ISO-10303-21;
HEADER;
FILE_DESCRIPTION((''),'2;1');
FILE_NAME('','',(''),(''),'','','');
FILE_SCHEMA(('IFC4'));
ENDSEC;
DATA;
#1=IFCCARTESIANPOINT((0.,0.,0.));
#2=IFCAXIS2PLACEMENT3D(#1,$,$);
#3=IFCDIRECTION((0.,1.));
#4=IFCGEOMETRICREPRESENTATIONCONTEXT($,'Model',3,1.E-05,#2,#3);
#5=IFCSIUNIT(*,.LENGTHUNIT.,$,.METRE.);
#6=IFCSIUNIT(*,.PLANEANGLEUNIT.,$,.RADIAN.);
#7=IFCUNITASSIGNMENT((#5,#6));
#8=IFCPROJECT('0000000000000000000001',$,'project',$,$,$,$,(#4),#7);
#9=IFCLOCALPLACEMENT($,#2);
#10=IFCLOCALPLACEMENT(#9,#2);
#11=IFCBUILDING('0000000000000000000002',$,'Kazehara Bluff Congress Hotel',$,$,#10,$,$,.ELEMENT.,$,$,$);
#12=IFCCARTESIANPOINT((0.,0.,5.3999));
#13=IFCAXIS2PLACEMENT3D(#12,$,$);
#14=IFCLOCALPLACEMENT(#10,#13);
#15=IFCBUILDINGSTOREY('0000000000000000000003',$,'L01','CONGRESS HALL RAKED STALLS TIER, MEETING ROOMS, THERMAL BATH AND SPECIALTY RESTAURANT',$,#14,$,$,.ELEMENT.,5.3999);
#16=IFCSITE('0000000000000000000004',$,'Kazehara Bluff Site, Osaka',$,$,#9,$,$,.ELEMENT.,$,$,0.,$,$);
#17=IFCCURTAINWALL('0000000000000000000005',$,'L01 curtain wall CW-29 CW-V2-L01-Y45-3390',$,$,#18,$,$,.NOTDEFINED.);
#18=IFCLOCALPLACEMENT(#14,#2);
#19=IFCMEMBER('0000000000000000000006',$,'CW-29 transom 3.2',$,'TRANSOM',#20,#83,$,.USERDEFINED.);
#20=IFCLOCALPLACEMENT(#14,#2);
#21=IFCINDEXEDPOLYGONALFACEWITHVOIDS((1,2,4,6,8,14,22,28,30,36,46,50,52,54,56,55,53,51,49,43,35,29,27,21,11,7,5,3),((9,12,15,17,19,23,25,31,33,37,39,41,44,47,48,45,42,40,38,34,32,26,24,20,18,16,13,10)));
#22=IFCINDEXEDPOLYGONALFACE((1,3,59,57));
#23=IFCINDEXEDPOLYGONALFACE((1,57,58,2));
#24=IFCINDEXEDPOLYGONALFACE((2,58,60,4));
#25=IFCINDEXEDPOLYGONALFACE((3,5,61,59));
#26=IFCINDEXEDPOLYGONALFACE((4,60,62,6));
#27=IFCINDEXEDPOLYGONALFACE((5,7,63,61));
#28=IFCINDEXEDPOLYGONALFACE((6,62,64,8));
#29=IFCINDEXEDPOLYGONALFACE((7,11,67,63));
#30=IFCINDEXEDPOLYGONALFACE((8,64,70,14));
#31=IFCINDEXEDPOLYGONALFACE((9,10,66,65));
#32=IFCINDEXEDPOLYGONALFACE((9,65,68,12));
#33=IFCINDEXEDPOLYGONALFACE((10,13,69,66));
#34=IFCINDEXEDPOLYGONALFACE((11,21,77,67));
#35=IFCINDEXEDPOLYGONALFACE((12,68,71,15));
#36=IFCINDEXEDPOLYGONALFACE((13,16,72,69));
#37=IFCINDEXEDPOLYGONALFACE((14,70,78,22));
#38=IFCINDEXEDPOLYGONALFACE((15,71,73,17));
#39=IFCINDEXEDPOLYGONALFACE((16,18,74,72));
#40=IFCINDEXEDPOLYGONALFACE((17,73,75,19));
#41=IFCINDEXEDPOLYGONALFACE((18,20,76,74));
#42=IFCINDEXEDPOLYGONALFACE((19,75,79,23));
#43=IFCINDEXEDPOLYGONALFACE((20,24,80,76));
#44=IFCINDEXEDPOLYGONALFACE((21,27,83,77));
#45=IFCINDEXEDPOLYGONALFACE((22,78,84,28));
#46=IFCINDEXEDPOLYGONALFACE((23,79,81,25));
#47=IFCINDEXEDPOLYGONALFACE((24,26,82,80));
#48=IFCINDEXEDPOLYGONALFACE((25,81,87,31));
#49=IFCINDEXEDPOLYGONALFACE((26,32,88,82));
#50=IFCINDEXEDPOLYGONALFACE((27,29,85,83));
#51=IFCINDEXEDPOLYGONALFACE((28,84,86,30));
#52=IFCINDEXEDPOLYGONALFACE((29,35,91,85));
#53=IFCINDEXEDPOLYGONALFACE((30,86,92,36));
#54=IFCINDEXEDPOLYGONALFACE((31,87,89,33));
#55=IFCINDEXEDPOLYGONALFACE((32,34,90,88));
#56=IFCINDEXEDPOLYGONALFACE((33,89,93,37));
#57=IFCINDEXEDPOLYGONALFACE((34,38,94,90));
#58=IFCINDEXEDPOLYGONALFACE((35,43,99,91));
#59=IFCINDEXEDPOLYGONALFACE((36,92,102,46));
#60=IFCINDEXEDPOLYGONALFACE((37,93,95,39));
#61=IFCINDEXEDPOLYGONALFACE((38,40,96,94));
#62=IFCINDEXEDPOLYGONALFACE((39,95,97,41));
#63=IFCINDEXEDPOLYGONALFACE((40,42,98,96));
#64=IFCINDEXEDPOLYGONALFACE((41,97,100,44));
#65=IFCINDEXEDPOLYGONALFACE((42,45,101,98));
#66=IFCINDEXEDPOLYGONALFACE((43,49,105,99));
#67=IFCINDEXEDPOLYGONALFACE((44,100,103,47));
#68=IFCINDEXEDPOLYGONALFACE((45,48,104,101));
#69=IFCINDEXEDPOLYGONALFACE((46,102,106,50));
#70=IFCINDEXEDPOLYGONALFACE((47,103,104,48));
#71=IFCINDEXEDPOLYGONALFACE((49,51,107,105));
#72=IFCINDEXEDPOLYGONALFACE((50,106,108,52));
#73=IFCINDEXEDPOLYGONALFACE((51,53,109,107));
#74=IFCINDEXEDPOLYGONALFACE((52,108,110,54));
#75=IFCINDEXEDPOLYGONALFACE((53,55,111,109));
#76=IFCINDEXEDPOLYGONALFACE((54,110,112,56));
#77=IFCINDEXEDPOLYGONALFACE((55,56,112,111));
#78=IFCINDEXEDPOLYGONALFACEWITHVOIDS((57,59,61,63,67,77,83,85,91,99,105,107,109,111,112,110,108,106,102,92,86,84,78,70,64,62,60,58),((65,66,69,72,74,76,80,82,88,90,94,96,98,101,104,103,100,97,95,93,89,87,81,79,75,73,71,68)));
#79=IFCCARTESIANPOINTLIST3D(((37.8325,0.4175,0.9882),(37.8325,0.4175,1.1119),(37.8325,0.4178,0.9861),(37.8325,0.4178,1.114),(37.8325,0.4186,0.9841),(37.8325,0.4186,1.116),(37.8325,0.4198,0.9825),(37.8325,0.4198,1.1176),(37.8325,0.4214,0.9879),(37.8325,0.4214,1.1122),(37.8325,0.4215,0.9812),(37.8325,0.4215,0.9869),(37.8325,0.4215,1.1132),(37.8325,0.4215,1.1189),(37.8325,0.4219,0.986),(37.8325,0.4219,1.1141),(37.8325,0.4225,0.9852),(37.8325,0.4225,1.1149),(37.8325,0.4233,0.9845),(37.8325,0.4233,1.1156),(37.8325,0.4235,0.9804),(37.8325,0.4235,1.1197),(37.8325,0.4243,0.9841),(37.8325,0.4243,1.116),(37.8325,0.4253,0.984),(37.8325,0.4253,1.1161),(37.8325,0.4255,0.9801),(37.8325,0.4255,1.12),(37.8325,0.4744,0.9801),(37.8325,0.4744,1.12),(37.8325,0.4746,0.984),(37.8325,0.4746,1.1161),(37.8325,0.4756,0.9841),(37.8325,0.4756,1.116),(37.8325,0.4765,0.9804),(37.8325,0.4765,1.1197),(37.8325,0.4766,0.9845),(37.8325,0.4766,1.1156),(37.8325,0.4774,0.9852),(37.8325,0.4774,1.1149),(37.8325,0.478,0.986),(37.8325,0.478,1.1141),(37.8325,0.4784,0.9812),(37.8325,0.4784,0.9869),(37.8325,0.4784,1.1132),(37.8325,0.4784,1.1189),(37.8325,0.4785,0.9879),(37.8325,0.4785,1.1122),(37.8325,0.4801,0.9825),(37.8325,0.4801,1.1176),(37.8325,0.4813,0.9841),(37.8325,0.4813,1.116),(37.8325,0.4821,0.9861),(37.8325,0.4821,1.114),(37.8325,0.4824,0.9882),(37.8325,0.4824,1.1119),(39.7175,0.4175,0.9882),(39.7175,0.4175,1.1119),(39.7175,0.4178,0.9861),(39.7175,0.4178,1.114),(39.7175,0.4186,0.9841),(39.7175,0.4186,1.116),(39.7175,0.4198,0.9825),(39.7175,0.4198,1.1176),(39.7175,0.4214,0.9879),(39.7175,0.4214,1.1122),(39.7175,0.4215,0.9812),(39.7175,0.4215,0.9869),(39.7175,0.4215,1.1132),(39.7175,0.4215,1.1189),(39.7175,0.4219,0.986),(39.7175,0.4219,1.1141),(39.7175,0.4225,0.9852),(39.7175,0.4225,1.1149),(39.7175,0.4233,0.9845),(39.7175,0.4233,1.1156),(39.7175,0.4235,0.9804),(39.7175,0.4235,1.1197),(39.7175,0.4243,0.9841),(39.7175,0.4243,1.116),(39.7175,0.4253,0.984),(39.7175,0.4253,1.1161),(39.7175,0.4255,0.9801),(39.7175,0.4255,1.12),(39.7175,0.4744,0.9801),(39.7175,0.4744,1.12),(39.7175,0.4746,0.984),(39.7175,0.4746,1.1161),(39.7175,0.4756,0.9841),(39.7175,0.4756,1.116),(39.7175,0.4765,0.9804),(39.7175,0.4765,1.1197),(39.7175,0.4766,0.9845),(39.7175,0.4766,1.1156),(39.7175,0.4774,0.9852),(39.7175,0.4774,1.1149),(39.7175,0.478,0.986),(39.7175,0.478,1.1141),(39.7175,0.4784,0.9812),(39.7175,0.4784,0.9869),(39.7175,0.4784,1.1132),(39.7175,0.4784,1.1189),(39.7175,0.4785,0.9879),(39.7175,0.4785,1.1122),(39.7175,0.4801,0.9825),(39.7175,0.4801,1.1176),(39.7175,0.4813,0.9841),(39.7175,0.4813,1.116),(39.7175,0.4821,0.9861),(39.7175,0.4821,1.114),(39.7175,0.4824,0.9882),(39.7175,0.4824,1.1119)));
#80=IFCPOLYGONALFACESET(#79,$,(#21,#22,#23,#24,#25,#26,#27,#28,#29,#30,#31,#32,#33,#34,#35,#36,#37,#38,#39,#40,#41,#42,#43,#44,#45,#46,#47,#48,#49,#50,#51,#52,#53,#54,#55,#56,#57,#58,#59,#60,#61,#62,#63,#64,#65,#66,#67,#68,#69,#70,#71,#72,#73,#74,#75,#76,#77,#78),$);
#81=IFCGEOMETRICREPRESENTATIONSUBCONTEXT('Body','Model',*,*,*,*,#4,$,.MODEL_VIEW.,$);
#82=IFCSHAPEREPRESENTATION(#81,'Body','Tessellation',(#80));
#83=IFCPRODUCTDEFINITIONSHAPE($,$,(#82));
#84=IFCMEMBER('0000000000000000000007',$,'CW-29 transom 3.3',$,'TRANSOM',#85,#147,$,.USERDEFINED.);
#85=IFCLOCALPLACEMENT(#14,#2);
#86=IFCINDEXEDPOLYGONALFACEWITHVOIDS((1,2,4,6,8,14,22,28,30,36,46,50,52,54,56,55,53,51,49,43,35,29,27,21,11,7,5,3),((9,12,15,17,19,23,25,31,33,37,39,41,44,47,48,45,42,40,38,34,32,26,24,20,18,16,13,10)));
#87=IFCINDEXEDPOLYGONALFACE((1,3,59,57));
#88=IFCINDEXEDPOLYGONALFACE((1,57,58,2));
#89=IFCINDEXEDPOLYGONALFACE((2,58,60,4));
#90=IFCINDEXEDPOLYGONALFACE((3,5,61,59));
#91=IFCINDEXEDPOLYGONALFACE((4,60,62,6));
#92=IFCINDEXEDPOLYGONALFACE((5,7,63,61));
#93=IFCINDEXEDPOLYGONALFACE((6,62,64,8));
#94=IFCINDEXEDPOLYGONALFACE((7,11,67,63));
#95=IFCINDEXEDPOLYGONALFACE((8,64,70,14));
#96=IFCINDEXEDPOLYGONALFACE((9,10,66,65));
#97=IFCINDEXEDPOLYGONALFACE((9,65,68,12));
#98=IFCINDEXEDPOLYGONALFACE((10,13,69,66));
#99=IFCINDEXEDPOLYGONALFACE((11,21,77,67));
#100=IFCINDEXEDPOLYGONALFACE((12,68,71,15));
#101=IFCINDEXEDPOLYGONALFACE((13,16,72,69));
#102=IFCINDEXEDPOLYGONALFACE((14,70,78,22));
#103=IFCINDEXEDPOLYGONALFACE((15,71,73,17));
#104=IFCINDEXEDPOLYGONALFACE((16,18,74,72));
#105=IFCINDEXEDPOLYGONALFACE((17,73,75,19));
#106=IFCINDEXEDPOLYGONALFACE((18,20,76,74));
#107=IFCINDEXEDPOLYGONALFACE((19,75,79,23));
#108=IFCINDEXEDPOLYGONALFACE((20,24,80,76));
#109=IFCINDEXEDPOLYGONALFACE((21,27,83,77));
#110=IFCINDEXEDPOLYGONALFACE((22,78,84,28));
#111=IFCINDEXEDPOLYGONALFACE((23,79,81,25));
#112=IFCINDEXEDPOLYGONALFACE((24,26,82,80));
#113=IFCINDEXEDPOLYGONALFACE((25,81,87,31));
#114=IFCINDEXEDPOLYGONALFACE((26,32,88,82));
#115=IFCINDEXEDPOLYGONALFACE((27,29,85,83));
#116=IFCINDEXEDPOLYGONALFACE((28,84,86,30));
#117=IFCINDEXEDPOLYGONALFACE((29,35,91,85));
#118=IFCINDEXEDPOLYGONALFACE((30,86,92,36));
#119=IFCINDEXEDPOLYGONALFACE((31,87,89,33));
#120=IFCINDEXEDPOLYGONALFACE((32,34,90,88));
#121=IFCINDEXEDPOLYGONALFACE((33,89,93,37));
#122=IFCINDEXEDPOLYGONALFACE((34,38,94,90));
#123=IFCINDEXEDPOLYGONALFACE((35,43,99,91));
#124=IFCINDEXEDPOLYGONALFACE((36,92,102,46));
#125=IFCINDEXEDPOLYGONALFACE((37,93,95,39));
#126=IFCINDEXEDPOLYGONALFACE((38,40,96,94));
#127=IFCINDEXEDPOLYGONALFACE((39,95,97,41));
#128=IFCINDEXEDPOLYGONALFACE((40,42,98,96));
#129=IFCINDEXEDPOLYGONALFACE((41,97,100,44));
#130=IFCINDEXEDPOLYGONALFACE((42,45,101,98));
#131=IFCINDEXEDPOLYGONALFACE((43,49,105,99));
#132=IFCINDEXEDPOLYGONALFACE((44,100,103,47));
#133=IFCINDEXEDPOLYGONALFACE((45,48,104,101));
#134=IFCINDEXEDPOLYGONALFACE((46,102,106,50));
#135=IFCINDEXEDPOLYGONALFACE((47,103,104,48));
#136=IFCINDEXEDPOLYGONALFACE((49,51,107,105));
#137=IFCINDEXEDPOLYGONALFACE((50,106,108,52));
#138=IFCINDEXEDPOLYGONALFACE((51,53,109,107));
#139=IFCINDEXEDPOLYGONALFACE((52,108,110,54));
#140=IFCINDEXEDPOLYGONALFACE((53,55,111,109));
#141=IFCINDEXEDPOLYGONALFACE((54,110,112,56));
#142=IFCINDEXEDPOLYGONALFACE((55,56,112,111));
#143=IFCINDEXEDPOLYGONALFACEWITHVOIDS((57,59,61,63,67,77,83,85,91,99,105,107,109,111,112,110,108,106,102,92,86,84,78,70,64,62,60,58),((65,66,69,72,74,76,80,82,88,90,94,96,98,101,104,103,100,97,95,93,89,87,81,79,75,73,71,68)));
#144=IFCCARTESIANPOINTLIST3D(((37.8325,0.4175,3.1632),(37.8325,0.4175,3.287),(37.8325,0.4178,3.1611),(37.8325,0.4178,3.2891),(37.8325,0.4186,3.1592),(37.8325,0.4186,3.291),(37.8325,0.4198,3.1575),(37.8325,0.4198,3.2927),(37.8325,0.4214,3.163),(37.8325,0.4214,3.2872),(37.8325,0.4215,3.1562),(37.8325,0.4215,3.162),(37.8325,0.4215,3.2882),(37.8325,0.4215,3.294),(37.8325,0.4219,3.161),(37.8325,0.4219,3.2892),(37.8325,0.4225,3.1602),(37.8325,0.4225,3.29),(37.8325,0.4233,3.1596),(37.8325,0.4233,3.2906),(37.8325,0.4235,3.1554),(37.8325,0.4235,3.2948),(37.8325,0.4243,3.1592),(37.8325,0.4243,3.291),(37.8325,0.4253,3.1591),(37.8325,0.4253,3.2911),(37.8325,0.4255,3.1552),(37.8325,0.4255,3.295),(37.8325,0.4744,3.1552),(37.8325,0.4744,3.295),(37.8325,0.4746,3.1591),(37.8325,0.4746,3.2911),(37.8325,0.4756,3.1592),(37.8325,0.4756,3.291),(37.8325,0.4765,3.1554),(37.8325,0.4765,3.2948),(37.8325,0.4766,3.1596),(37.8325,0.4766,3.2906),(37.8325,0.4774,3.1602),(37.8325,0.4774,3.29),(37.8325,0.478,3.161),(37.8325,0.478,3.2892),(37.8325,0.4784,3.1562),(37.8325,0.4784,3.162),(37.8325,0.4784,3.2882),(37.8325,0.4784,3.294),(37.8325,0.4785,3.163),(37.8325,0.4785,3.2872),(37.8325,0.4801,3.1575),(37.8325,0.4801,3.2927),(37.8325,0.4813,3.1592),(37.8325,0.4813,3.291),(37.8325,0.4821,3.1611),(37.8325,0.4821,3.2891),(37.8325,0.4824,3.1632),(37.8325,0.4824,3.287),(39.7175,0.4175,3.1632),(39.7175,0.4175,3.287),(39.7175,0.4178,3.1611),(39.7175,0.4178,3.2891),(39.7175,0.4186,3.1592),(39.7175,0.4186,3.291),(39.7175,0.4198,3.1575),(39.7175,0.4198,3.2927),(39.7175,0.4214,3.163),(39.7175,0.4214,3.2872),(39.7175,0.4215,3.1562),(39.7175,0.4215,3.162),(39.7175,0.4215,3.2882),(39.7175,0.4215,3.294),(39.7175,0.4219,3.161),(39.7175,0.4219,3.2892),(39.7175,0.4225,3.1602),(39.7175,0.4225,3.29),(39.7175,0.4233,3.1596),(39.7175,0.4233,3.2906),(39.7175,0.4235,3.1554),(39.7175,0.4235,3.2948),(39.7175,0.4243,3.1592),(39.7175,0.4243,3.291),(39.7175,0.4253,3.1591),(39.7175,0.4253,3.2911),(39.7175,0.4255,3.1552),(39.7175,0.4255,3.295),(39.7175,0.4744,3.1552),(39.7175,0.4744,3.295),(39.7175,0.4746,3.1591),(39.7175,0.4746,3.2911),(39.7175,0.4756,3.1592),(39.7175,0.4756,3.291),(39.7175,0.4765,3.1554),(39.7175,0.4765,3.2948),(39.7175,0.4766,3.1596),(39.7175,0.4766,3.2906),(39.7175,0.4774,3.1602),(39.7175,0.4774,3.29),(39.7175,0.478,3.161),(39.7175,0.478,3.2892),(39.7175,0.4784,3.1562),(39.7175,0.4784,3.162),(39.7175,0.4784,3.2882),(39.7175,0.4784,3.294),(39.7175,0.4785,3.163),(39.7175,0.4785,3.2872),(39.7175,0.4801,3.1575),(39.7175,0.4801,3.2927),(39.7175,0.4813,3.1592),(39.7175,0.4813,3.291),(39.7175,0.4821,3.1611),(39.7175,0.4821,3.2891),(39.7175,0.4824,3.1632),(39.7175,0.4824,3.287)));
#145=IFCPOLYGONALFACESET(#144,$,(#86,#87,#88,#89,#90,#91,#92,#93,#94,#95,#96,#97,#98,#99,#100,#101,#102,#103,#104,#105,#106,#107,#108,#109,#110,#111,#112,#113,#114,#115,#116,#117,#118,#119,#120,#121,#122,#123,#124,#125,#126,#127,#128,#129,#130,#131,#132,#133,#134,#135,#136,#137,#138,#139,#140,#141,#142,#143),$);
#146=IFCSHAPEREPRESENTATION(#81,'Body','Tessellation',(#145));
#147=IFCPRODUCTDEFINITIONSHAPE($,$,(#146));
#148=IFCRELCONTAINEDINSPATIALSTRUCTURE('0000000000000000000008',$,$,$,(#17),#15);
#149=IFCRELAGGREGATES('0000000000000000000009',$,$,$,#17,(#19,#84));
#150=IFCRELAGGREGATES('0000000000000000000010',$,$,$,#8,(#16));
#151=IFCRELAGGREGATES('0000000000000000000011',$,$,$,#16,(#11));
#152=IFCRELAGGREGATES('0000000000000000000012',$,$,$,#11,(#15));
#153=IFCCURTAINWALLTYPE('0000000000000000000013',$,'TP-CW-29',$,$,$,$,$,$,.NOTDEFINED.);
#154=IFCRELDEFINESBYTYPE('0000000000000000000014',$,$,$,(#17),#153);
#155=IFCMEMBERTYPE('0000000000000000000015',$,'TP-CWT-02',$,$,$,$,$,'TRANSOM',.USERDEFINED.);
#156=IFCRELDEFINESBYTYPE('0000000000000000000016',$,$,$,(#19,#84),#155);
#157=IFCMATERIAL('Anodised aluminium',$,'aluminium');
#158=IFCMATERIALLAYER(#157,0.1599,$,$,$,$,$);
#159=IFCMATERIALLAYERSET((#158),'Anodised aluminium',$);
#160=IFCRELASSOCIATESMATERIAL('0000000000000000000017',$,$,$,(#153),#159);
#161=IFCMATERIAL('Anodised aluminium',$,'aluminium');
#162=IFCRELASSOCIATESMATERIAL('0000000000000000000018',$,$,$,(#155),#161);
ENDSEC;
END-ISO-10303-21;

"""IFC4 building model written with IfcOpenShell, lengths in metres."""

from ifc_helpers import new_model, si_unit, direction, frame, origin, origin_2d, place, context, subcontext, project, spatial, hollow_rectangle, extrude, material, layer, layer_set, material_profile, profile_set, type_object, element, aggregate, save


model = new_model("IFC4")

# Units and contexts
model_context = context("Model", 3, precision=1e-05, world=origin(), true_north=direction((0.0, 1.0)))
body_context = subcontext(model_context, "Body", "Model", "MODEL_VIEW")
ifc_project = project(units=[si_unit("LENGTHUNIT", "METRE"), si_unit("PLANEANGLEUNIT", "RADIAN")], contexts=[model_context])

# Site, building, storey
site_placement = place(None, origin())
site = spatial("IfcSite", under=ifc_project, at=site_placement, Name="Kazehara Bluff Site, Osaka", CompositionType="ELEMENT", RefElevation=0.0)
building_placement = place(site_placement, origin())
building = spatial("IfcBuilding", under=site, at=building_placement, Name="Kazehara Bluff Congress Hotel", CompositionType="ELEMENT")
storey_placement = place(building_placement, frame((0.0, 0.0, 5.3999)))
storey = spatial("IfcBuildingStorey", under=building, at=storey_placement, Name="L01", Description="CONGRESS HALL RAKED STALLS TIER, MEETING ROOMS, THERMAL BATH AND SPECIALTY RESTAURANT", CompositionType="ELEMENT", Elevation=5.3999)

# Curtain wall, members
ifc_material_1 = material(Name="Anodised aluminium", Category="aluminium")
ifc_layer_1 = layer(ifc_material_1, 0.1599)
ifc_layer_set_1 = layer_set([ifc_layer_1], Name="Anodised aluminium")
curtain_wall_type = type_object("IfcCurtainWallType", Name="TP-CW-29", PredefinedType="NOTDEFINED", material=ifc_layer_set_1)
curtain_wall_placement = place(storey_placement, origin())
curtain_wall = element("IfcCurtainWall", 1, at=curtain_wall_placement, inside=storey, type_object=curtain_wall_type, Name="L01 curtain wall CW-29 CW-V2-L01-Y45-3390", PredefinedType="NOTDEFINED")
ifc_material_2 = material(Name="Anodised aluminium", Category="aluminium")
ifc_material_profile_1 = material_profile(ifc_material_2, hollow_rectangle(XDim=0.0649, YDim=0.1399, WallThickness=0.0039, InnerFilletRadius=0.0039, OuterFilletRadius=0.0081, at=origin_2d()))
ifc_profile_set_1 = profile_set([ifc_material_profile_1], Name="Anodised aluminium")
member_type_1 = type_object("IfcMemberType", Name="TP-CWT-02", ElementType="TRANSOM", PredefinedType="USERDEFINED", material=ifc_profile_set_1)
member_1_placement = place(storey_placement, frame((37.8325, 0.45, 1.05), z_axis=(1.0, 0.0, 0.0), x_axis=(0.0, 1.0, 0.0)))
member_1 = element("IfcMember", 2, at=member_1_placement, type_object=member_type_1, Name="CW-29 transom 3.2", ObjectType="TRANSOM", PredefinedType="USERDEFINED", context=body_context, shape_type="SweptSolid", body=[
    extrude(hollow_rectangle(XDim=0.0649, YDim=0.1399, WallThickness=0.0039, InnerFilletRadius=0.0039, OuterFilletRadius=0.0081, at=origin_2d()), origin(), (0.0, 0.0, 1.0), 1.885),
])
member_2_placement = place(storey_placement, frame((37.8325, 0.45, 3.2251), z_axis=(1.0, 0.0, 0.0), x_axis=(0.0, 1.0, 0.0)))
member_2 = element("IfcMember", 3, at=member_2_placement, type_object=member_type_1, Name="CW-29 transom 3.3", ObjectType="TRANSOM", PredefinedType="USERDEFINED", context=body_context, shape_type="SweptSolid", body=[
    extrude(hollow_rectangle(XDim=0.0649, YDim=0.1399, WallThickness=0.0039, InnerFilletRadius=0.0039, OuterFilletRadius=0.0081, at=origin_2d()), origin(), (0.0, 0.0, 1.0), 1.885),
])

aggregate(curtain_wall, [member_1, member_2])

save(model, "model.ifc")
